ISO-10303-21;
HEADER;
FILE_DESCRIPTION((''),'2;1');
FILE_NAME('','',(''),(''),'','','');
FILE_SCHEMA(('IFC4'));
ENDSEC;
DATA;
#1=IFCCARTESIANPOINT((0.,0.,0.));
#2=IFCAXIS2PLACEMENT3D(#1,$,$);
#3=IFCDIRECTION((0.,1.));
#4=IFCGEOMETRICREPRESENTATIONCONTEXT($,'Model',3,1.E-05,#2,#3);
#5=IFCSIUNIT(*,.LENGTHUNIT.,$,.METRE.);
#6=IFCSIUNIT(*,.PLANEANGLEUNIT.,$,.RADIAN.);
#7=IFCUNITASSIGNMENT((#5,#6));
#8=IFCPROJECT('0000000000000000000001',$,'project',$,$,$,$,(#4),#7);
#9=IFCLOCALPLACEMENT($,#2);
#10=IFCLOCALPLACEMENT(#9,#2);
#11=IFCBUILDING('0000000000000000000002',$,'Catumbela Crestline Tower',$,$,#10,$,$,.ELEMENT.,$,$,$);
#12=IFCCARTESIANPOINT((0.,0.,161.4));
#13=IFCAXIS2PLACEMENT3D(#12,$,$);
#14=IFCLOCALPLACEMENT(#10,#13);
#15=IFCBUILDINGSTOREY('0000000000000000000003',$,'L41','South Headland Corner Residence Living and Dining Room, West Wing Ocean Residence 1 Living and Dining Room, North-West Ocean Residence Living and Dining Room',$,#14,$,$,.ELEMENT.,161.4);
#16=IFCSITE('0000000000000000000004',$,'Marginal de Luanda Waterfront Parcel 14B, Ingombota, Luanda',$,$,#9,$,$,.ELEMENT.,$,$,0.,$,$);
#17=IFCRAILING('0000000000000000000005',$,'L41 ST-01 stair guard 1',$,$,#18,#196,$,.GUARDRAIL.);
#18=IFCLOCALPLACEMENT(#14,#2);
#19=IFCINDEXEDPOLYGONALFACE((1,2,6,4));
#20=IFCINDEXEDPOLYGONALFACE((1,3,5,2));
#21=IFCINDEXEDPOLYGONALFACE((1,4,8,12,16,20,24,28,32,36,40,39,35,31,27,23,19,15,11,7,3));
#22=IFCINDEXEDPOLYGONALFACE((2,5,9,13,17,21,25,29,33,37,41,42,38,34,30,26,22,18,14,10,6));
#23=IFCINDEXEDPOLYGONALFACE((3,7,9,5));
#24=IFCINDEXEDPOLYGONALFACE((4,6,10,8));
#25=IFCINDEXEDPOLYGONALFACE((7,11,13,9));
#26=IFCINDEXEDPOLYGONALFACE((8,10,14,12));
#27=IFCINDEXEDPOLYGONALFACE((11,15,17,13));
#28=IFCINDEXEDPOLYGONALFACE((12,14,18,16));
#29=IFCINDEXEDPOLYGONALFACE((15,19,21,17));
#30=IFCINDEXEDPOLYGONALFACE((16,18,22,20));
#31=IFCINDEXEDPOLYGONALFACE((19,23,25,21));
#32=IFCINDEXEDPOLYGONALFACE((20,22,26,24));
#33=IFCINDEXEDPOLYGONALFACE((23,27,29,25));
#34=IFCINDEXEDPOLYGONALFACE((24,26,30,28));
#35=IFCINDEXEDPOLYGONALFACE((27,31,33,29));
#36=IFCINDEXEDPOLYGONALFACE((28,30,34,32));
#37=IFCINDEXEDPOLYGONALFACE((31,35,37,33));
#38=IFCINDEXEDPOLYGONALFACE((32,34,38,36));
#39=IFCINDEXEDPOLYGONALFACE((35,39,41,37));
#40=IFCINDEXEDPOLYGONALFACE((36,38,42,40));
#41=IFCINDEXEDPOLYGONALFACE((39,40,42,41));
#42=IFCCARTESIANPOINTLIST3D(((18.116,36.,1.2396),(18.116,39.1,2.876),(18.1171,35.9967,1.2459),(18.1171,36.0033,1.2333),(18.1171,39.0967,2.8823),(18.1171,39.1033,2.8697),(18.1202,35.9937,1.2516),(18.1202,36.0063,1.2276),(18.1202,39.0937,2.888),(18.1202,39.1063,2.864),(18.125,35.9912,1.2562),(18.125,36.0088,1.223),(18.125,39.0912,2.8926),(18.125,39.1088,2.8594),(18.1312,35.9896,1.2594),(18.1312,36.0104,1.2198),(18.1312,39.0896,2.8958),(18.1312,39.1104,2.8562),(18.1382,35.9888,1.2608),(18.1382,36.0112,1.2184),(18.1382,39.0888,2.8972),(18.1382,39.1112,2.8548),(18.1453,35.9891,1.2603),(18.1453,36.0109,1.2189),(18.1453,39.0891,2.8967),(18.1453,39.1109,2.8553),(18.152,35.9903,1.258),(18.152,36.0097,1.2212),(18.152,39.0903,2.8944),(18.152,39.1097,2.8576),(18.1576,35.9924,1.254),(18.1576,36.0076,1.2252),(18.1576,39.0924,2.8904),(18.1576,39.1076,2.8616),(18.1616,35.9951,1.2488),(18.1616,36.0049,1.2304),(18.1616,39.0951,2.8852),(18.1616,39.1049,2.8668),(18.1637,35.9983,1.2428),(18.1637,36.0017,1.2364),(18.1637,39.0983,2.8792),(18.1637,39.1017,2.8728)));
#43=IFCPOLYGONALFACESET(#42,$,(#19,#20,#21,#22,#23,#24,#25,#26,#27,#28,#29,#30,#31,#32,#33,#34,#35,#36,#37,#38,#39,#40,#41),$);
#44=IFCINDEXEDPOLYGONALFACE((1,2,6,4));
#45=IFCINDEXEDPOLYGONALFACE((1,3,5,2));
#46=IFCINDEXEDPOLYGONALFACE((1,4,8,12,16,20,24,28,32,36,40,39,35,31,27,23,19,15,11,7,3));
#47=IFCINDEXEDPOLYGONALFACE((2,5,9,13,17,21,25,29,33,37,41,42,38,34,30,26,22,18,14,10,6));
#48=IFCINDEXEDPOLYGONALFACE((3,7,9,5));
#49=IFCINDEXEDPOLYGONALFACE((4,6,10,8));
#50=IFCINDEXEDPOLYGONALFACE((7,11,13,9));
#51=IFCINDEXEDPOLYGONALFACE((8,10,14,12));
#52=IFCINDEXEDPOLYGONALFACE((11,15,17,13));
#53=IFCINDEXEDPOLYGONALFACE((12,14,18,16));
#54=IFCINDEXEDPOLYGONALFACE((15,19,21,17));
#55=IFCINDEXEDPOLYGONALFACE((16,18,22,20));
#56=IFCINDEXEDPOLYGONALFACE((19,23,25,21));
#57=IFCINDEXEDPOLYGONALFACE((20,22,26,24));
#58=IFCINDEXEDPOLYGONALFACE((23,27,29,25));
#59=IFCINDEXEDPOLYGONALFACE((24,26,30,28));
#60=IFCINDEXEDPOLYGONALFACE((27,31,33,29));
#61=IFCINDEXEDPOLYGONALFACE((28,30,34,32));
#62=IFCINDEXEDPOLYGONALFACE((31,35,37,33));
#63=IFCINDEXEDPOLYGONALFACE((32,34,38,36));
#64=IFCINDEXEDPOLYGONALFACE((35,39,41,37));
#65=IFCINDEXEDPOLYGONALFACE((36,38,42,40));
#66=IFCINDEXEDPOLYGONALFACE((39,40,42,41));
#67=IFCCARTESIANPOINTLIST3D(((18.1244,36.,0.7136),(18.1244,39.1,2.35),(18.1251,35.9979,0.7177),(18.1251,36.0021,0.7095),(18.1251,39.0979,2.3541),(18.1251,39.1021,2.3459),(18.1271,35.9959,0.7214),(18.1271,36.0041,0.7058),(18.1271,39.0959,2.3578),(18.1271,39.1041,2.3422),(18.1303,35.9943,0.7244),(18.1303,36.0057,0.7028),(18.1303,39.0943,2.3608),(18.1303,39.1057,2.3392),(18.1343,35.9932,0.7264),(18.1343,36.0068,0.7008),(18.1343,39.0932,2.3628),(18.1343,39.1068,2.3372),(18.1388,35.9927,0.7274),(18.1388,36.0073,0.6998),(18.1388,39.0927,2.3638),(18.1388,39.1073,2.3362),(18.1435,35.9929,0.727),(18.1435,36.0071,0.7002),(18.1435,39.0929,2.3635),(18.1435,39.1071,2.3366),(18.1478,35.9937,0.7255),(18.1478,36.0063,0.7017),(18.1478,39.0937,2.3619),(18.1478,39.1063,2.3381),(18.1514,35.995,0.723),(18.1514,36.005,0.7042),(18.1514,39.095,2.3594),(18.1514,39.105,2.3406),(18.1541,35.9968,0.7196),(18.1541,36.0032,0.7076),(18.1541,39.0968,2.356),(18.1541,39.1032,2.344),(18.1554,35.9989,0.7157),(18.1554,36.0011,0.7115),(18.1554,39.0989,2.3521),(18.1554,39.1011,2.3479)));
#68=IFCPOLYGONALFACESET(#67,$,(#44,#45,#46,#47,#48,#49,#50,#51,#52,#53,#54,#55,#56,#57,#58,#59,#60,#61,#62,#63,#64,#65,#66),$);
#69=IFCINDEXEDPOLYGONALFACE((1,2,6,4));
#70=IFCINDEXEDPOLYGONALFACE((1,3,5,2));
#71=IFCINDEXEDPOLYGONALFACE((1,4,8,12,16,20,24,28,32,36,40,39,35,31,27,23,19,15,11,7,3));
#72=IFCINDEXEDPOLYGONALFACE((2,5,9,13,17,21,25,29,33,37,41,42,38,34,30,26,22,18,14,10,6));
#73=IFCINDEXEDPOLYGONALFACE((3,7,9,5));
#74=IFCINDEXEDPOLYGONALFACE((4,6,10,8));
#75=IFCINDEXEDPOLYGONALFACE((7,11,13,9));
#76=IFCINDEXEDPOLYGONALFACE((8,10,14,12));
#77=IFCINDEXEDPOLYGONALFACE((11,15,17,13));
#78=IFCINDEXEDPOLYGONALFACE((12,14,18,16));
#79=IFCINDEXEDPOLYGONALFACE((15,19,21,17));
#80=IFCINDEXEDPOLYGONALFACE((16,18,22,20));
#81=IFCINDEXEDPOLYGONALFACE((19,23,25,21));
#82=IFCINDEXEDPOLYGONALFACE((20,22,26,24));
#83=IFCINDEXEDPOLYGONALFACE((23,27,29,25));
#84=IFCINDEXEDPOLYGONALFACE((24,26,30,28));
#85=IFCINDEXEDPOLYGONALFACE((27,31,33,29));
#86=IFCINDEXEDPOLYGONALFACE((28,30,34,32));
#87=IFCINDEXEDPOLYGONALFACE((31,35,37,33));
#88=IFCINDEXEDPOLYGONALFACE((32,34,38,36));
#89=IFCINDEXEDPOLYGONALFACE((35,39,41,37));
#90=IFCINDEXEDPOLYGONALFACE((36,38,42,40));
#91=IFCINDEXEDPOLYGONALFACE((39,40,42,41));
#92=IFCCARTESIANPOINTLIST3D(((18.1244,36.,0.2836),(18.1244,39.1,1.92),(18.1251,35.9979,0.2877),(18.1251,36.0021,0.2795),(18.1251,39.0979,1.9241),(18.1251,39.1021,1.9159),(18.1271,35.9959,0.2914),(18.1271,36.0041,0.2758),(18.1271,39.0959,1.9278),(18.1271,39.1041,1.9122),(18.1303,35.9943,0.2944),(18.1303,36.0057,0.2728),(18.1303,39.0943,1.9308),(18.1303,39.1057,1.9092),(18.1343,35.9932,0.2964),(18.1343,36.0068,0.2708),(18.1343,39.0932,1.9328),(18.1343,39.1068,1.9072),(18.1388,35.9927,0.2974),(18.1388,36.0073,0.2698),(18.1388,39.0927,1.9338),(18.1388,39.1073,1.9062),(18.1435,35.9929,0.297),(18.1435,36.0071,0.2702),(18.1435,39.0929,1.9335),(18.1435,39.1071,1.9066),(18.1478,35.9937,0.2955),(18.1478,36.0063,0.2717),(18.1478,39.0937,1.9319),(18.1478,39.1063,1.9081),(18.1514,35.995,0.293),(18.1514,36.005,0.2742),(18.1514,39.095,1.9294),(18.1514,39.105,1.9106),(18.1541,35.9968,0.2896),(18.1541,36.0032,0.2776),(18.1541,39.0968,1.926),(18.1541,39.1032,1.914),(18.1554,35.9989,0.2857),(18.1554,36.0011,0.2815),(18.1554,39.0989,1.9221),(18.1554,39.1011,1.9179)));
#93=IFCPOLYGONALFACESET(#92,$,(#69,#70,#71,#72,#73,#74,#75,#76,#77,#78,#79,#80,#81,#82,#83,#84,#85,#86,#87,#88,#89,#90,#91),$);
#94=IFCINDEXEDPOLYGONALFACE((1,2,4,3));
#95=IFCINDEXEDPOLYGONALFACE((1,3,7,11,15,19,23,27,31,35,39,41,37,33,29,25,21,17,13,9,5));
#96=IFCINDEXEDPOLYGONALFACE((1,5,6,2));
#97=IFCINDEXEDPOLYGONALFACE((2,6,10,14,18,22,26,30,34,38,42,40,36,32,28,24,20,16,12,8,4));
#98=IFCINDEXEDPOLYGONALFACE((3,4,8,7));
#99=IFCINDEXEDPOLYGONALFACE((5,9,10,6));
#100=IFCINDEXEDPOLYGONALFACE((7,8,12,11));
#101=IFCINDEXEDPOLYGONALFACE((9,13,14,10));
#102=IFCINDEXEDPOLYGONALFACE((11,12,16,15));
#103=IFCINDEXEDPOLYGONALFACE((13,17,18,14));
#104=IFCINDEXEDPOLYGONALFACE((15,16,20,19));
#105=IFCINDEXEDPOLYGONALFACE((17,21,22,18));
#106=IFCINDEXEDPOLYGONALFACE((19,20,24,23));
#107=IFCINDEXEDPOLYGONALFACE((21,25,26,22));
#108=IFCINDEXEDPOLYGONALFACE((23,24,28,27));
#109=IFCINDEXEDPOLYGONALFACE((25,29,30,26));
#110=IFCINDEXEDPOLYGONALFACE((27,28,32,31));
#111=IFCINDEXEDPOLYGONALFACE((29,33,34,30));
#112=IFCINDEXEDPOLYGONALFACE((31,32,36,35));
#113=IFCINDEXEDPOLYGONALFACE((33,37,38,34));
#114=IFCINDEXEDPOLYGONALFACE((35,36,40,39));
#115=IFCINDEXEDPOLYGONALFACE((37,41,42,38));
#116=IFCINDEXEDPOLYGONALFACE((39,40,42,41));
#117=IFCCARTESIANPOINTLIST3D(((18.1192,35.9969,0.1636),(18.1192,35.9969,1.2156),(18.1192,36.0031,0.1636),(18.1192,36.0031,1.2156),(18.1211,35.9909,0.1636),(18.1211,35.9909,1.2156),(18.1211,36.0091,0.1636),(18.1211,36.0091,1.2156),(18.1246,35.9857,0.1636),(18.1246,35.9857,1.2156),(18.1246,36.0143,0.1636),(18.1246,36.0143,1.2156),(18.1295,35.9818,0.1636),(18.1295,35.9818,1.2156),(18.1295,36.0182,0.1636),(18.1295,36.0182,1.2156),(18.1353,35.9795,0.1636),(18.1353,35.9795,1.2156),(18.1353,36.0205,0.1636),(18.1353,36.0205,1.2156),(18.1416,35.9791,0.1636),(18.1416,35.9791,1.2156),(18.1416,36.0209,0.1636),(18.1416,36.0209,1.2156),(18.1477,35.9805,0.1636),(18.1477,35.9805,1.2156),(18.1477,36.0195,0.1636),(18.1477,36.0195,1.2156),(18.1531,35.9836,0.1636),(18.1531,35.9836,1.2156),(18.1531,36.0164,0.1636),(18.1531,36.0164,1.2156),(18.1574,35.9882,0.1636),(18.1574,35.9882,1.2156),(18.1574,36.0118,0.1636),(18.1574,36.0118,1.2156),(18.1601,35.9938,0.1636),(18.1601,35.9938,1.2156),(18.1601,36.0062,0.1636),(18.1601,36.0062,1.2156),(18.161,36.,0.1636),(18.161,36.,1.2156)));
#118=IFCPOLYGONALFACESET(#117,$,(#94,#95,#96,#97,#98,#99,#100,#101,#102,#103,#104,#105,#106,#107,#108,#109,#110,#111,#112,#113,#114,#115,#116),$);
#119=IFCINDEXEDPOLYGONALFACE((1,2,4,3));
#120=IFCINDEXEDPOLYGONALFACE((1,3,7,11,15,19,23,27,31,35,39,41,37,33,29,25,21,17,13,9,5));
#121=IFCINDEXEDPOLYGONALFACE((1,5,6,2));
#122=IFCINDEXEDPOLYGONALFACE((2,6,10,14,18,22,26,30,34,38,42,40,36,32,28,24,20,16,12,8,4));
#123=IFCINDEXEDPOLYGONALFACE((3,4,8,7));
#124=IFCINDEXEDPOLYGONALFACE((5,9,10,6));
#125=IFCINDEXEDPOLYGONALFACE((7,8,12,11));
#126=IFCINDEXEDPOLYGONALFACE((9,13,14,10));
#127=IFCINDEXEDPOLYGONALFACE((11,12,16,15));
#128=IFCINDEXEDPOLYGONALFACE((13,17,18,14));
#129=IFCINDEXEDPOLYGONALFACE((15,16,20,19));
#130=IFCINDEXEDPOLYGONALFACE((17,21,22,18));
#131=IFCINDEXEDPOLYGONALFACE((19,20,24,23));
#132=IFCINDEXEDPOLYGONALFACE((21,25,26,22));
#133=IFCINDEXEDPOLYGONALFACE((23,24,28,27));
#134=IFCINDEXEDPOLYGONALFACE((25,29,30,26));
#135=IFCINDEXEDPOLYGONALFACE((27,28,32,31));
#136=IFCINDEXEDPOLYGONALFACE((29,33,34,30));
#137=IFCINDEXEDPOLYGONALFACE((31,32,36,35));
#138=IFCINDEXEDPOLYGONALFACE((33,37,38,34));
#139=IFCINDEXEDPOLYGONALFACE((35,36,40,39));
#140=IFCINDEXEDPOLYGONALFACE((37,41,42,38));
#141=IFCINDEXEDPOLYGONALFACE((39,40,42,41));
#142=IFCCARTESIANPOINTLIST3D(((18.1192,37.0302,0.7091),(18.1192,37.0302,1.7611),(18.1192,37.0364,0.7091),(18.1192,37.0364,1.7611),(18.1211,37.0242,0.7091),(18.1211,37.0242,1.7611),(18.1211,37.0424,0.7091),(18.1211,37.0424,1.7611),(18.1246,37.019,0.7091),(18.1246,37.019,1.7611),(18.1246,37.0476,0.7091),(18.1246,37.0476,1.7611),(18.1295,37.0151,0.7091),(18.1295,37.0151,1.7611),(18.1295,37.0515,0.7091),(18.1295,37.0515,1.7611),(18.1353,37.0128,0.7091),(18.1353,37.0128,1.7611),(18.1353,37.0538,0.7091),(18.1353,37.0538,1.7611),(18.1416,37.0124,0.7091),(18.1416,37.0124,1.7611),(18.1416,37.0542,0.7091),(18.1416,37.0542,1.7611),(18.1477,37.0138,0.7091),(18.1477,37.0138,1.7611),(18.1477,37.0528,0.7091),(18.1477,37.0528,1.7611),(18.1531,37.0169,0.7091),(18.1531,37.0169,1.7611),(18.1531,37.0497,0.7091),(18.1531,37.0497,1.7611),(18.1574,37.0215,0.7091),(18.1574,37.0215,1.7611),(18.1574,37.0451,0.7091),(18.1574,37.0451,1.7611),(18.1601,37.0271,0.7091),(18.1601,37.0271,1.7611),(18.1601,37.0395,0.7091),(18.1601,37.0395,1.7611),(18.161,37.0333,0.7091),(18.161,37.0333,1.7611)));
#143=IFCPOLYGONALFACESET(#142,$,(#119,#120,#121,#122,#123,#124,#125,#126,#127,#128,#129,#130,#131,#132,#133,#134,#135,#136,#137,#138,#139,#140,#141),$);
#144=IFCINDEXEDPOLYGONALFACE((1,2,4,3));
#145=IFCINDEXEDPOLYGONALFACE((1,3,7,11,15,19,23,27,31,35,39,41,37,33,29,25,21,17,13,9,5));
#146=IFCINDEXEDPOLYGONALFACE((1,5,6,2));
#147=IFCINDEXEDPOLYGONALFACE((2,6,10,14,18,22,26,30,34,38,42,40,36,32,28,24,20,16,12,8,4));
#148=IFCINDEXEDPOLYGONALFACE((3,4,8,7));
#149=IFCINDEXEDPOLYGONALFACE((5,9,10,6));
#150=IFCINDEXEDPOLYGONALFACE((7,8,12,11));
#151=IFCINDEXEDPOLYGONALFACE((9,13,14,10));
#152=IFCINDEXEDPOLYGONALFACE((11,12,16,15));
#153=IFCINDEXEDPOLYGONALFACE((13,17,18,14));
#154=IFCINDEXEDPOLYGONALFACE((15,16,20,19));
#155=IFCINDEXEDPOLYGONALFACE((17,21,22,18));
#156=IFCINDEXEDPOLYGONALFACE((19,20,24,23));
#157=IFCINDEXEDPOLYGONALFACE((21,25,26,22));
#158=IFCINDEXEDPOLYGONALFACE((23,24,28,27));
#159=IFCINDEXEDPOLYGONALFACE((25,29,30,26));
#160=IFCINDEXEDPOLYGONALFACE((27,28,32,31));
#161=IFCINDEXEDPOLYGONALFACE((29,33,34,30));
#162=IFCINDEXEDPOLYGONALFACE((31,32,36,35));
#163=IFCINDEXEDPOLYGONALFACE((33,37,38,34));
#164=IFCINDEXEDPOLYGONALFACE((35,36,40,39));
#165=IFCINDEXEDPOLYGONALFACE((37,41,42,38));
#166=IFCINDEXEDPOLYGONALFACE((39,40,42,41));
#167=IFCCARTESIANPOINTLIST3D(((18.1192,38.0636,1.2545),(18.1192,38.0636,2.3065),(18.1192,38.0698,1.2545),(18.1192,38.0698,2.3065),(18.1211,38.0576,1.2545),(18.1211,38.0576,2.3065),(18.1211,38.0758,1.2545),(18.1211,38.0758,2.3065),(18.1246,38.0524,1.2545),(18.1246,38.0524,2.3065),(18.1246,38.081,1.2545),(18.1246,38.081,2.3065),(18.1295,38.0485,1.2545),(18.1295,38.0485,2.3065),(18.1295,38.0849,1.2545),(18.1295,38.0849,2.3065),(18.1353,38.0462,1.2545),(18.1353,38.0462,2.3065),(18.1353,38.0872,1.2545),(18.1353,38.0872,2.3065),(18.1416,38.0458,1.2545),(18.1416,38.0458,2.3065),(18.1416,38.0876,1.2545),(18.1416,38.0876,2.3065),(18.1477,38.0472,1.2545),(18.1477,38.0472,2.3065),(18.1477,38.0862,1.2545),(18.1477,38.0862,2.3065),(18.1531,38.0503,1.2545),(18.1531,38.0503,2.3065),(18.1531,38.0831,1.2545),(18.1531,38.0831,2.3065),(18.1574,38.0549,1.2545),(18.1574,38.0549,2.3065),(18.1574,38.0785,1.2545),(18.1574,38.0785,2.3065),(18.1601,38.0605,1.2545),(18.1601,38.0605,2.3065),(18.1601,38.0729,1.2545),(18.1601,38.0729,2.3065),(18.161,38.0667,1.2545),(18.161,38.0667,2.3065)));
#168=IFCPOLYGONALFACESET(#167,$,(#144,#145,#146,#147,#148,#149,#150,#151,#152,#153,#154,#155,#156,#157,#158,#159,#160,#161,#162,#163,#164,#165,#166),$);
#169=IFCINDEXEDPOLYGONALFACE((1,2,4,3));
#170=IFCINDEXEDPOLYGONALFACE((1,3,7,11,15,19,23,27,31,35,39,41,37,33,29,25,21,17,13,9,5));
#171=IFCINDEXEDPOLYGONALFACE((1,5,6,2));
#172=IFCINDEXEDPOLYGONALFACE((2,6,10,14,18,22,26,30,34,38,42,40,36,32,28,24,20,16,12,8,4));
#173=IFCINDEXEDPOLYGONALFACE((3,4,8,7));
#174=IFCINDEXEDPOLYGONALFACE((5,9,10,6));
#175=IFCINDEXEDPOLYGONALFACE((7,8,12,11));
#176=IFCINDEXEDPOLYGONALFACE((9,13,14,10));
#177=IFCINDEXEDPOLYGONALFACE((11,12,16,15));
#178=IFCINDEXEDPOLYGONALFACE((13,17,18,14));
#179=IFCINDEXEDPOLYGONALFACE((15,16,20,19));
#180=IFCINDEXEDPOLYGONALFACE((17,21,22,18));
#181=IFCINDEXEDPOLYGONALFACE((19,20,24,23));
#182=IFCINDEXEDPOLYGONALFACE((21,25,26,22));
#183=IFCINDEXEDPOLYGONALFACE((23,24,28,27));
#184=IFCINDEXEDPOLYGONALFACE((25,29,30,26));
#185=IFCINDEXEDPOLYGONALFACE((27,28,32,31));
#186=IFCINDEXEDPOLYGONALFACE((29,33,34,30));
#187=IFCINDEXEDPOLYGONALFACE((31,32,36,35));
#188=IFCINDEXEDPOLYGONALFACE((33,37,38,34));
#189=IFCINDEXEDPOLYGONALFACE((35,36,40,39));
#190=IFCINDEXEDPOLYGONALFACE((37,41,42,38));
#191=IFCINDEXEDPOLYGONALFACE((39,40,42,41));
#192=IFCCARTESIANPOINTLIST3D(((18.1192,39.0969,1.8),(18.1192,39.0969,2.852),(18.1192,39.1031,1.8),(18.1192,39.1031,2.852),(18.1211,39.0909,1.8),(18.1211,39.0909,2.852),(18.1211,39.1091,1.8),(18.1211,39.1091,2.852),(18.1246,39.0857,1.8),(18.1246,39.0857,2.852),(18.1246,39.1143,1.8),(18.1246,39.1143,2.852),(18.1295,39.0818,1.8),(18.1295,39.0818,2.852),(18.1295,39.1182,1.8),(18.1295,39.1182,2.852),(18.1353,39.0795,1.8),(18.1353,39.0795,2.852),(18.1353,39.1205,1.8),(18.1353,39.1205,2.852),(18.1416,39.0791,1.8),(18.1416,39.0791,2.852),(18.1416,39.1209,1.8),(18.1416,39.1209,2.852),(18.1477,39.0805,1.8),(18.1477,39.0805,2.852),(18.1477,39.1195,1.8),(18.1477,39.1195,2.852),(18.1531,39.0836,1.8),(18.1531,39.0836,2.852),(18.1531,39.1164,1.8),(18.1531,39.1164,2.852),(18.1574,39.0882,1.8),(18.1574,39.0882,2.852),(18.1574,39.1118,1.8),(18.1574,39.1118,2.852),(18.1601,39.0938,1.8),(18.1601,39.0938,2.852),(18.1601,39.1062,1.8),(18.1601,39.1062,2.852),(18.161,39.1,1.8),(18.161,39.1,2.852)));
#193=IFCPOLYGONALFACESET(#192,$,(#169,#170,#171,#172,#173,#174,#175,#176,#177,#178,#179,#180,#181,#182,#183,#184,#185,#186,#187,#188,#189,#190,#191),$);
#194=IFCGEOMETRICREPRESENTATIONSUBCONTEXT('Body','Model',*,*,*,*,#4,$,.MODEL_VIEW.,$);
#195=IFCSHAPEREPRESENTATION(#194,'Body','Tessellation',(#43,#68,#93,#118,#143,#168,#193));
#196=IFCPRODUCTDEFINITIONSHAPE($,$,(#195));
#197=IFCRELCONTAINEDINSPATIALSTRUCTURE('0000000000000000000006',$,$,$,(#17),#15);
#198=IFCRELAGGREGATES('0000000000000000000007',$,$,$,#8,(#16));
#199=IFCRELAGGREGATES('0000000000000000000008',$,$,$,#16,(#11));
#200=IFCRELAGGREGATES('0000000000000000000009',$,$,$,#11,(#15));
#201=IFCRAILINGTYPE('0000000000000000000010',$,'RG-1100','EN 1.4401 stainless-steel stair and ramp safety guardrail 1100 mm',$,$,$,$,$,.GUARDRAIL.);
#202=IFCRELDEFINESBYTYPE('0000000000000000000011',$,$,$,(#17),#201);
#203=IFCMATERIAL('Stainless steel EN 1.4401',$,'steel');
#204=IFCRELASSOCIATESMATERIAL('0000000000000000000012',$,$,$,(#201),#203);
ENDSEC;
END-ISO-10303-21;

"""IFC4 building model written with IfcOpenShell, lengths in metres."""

from ifc_helpers import new_model, si_unit, direction, frame, origin, origin_2d, place, context, subcontext, project, spatial, circle, extrude, material, type_object, element, save


model = new_model("IFC4")

# Units and contexts
model_context = context("Model", 3, precision=1e-05, world=origin(), true_north=direction((0.0, 1.0)))
body_context = subcontext(model_context, "Body", "Model", "MODEL_VIEW")
ifc_project = project(units=[si_unit("LENGTHUNIT", "METRE"), si_unit("PLANEANGLEUNIT", "RADIAN")], contexts=[model_context])

# Site, building, storey
site_placement = place(None, origin())
site = spatial("IfcSite", under=ifc_project, at=site_placement, Name="Marginal de Luanda Waterfront Parcel 14B, Ingombota, Luanda", CompositionType="ELEMENT", RefElevation=0.0)
building_placement = place(site_placement, origin())
building = spatial("IfcBuilding", under=site, at=building_placement, Name="Catumbela Crestline Tower", CompositionType="ELEMENT")
storey_placement = place(building_placement, frame((0.0, 0.0, 161.4)))
storey = spatial("IfcBuildingStorey", under=building, at=storey_placement, Name="L41", Description="South Headland Corner Residence Living and Dining Room, West Wing Ocean Residence 1 Living and Dining Room, North-West Ocean Residence Living and Dining Room", CompositionType="ELEMENT", Elevation=161.4)

# Shared definitions
ifc_material_1 = material(Name="Stainless steel EN 1.4401", Category="steel")

# Railing
railing_type_1 = type_object("IfcRailingType", Name="RG-1100", Description="EN 1.4401 stainless-steel stair and ramp safety guardrail 1100 mm", PredefinedType="GUARDRAIL", material=ifc_material_1)
railing_1_placement = place(storey_placement, frame((18.14, 36.0, 0.1636)))
element("IfcRailing", 1, at=railing_1_placement, inside=storey, type_object=railing_type_1, Name="L41 ST-01 stair guard 1", PredefinedType="GUARDRAIL", context=body_context, shape_type="SweptSolid", body=[
    extrude(circle(Radius=0.024, at=origin_2d()), frame((0.0, 0.0, 1.076), z_axis=(0.0, 0.884351, 0.466823), x_axis=(-1.0, 0.0, 0.0)), (0.0, 0.0, 1.0), 3.5054),
    extrude(circle(Radius=0.0156, at=origin_2d()), frame((0.0, 0.0, 0.55), z_axis=(0.0, 0.884351, 0.466823), x_axis=(-1.0, 0.0, 0.0)), (0.0, 0.0, 1.0), 3.5054),
    extrude(circle(Radius=0.0156, at=origin_2d()), frame((0.0, 0.0, 0.12), z_axis=(0.0, 0.884351, 0.466823), x_axis=(-1.0, 0.0, 0.0)), (0.0, 0.0, 1.0), 3.5054),
    extrude(circle(Radius=0.021, at=origin_2d()), origin(), (0.0, 0.0, 1.0), 1.052),
    extrude(circle(Radius=0.021, at=origin_2d()), frame((0.0, 1.0333, 0.5455)), (0.0, 0.0, 1.0), 1.052),
    extrude(circle(Radius=0.021, at=origin_2d()), frame((0.0, 2.0667, 1.0909)), (0.0, 0.0, 1.0), 1.052),
    extrude(circle(Radius=0.021, at=origin_2d()), frame((0.0, 3.1, 1.6364)), (0.0, 0.0, 1.0), 1.052),
])

save(model, "model.ifc")
